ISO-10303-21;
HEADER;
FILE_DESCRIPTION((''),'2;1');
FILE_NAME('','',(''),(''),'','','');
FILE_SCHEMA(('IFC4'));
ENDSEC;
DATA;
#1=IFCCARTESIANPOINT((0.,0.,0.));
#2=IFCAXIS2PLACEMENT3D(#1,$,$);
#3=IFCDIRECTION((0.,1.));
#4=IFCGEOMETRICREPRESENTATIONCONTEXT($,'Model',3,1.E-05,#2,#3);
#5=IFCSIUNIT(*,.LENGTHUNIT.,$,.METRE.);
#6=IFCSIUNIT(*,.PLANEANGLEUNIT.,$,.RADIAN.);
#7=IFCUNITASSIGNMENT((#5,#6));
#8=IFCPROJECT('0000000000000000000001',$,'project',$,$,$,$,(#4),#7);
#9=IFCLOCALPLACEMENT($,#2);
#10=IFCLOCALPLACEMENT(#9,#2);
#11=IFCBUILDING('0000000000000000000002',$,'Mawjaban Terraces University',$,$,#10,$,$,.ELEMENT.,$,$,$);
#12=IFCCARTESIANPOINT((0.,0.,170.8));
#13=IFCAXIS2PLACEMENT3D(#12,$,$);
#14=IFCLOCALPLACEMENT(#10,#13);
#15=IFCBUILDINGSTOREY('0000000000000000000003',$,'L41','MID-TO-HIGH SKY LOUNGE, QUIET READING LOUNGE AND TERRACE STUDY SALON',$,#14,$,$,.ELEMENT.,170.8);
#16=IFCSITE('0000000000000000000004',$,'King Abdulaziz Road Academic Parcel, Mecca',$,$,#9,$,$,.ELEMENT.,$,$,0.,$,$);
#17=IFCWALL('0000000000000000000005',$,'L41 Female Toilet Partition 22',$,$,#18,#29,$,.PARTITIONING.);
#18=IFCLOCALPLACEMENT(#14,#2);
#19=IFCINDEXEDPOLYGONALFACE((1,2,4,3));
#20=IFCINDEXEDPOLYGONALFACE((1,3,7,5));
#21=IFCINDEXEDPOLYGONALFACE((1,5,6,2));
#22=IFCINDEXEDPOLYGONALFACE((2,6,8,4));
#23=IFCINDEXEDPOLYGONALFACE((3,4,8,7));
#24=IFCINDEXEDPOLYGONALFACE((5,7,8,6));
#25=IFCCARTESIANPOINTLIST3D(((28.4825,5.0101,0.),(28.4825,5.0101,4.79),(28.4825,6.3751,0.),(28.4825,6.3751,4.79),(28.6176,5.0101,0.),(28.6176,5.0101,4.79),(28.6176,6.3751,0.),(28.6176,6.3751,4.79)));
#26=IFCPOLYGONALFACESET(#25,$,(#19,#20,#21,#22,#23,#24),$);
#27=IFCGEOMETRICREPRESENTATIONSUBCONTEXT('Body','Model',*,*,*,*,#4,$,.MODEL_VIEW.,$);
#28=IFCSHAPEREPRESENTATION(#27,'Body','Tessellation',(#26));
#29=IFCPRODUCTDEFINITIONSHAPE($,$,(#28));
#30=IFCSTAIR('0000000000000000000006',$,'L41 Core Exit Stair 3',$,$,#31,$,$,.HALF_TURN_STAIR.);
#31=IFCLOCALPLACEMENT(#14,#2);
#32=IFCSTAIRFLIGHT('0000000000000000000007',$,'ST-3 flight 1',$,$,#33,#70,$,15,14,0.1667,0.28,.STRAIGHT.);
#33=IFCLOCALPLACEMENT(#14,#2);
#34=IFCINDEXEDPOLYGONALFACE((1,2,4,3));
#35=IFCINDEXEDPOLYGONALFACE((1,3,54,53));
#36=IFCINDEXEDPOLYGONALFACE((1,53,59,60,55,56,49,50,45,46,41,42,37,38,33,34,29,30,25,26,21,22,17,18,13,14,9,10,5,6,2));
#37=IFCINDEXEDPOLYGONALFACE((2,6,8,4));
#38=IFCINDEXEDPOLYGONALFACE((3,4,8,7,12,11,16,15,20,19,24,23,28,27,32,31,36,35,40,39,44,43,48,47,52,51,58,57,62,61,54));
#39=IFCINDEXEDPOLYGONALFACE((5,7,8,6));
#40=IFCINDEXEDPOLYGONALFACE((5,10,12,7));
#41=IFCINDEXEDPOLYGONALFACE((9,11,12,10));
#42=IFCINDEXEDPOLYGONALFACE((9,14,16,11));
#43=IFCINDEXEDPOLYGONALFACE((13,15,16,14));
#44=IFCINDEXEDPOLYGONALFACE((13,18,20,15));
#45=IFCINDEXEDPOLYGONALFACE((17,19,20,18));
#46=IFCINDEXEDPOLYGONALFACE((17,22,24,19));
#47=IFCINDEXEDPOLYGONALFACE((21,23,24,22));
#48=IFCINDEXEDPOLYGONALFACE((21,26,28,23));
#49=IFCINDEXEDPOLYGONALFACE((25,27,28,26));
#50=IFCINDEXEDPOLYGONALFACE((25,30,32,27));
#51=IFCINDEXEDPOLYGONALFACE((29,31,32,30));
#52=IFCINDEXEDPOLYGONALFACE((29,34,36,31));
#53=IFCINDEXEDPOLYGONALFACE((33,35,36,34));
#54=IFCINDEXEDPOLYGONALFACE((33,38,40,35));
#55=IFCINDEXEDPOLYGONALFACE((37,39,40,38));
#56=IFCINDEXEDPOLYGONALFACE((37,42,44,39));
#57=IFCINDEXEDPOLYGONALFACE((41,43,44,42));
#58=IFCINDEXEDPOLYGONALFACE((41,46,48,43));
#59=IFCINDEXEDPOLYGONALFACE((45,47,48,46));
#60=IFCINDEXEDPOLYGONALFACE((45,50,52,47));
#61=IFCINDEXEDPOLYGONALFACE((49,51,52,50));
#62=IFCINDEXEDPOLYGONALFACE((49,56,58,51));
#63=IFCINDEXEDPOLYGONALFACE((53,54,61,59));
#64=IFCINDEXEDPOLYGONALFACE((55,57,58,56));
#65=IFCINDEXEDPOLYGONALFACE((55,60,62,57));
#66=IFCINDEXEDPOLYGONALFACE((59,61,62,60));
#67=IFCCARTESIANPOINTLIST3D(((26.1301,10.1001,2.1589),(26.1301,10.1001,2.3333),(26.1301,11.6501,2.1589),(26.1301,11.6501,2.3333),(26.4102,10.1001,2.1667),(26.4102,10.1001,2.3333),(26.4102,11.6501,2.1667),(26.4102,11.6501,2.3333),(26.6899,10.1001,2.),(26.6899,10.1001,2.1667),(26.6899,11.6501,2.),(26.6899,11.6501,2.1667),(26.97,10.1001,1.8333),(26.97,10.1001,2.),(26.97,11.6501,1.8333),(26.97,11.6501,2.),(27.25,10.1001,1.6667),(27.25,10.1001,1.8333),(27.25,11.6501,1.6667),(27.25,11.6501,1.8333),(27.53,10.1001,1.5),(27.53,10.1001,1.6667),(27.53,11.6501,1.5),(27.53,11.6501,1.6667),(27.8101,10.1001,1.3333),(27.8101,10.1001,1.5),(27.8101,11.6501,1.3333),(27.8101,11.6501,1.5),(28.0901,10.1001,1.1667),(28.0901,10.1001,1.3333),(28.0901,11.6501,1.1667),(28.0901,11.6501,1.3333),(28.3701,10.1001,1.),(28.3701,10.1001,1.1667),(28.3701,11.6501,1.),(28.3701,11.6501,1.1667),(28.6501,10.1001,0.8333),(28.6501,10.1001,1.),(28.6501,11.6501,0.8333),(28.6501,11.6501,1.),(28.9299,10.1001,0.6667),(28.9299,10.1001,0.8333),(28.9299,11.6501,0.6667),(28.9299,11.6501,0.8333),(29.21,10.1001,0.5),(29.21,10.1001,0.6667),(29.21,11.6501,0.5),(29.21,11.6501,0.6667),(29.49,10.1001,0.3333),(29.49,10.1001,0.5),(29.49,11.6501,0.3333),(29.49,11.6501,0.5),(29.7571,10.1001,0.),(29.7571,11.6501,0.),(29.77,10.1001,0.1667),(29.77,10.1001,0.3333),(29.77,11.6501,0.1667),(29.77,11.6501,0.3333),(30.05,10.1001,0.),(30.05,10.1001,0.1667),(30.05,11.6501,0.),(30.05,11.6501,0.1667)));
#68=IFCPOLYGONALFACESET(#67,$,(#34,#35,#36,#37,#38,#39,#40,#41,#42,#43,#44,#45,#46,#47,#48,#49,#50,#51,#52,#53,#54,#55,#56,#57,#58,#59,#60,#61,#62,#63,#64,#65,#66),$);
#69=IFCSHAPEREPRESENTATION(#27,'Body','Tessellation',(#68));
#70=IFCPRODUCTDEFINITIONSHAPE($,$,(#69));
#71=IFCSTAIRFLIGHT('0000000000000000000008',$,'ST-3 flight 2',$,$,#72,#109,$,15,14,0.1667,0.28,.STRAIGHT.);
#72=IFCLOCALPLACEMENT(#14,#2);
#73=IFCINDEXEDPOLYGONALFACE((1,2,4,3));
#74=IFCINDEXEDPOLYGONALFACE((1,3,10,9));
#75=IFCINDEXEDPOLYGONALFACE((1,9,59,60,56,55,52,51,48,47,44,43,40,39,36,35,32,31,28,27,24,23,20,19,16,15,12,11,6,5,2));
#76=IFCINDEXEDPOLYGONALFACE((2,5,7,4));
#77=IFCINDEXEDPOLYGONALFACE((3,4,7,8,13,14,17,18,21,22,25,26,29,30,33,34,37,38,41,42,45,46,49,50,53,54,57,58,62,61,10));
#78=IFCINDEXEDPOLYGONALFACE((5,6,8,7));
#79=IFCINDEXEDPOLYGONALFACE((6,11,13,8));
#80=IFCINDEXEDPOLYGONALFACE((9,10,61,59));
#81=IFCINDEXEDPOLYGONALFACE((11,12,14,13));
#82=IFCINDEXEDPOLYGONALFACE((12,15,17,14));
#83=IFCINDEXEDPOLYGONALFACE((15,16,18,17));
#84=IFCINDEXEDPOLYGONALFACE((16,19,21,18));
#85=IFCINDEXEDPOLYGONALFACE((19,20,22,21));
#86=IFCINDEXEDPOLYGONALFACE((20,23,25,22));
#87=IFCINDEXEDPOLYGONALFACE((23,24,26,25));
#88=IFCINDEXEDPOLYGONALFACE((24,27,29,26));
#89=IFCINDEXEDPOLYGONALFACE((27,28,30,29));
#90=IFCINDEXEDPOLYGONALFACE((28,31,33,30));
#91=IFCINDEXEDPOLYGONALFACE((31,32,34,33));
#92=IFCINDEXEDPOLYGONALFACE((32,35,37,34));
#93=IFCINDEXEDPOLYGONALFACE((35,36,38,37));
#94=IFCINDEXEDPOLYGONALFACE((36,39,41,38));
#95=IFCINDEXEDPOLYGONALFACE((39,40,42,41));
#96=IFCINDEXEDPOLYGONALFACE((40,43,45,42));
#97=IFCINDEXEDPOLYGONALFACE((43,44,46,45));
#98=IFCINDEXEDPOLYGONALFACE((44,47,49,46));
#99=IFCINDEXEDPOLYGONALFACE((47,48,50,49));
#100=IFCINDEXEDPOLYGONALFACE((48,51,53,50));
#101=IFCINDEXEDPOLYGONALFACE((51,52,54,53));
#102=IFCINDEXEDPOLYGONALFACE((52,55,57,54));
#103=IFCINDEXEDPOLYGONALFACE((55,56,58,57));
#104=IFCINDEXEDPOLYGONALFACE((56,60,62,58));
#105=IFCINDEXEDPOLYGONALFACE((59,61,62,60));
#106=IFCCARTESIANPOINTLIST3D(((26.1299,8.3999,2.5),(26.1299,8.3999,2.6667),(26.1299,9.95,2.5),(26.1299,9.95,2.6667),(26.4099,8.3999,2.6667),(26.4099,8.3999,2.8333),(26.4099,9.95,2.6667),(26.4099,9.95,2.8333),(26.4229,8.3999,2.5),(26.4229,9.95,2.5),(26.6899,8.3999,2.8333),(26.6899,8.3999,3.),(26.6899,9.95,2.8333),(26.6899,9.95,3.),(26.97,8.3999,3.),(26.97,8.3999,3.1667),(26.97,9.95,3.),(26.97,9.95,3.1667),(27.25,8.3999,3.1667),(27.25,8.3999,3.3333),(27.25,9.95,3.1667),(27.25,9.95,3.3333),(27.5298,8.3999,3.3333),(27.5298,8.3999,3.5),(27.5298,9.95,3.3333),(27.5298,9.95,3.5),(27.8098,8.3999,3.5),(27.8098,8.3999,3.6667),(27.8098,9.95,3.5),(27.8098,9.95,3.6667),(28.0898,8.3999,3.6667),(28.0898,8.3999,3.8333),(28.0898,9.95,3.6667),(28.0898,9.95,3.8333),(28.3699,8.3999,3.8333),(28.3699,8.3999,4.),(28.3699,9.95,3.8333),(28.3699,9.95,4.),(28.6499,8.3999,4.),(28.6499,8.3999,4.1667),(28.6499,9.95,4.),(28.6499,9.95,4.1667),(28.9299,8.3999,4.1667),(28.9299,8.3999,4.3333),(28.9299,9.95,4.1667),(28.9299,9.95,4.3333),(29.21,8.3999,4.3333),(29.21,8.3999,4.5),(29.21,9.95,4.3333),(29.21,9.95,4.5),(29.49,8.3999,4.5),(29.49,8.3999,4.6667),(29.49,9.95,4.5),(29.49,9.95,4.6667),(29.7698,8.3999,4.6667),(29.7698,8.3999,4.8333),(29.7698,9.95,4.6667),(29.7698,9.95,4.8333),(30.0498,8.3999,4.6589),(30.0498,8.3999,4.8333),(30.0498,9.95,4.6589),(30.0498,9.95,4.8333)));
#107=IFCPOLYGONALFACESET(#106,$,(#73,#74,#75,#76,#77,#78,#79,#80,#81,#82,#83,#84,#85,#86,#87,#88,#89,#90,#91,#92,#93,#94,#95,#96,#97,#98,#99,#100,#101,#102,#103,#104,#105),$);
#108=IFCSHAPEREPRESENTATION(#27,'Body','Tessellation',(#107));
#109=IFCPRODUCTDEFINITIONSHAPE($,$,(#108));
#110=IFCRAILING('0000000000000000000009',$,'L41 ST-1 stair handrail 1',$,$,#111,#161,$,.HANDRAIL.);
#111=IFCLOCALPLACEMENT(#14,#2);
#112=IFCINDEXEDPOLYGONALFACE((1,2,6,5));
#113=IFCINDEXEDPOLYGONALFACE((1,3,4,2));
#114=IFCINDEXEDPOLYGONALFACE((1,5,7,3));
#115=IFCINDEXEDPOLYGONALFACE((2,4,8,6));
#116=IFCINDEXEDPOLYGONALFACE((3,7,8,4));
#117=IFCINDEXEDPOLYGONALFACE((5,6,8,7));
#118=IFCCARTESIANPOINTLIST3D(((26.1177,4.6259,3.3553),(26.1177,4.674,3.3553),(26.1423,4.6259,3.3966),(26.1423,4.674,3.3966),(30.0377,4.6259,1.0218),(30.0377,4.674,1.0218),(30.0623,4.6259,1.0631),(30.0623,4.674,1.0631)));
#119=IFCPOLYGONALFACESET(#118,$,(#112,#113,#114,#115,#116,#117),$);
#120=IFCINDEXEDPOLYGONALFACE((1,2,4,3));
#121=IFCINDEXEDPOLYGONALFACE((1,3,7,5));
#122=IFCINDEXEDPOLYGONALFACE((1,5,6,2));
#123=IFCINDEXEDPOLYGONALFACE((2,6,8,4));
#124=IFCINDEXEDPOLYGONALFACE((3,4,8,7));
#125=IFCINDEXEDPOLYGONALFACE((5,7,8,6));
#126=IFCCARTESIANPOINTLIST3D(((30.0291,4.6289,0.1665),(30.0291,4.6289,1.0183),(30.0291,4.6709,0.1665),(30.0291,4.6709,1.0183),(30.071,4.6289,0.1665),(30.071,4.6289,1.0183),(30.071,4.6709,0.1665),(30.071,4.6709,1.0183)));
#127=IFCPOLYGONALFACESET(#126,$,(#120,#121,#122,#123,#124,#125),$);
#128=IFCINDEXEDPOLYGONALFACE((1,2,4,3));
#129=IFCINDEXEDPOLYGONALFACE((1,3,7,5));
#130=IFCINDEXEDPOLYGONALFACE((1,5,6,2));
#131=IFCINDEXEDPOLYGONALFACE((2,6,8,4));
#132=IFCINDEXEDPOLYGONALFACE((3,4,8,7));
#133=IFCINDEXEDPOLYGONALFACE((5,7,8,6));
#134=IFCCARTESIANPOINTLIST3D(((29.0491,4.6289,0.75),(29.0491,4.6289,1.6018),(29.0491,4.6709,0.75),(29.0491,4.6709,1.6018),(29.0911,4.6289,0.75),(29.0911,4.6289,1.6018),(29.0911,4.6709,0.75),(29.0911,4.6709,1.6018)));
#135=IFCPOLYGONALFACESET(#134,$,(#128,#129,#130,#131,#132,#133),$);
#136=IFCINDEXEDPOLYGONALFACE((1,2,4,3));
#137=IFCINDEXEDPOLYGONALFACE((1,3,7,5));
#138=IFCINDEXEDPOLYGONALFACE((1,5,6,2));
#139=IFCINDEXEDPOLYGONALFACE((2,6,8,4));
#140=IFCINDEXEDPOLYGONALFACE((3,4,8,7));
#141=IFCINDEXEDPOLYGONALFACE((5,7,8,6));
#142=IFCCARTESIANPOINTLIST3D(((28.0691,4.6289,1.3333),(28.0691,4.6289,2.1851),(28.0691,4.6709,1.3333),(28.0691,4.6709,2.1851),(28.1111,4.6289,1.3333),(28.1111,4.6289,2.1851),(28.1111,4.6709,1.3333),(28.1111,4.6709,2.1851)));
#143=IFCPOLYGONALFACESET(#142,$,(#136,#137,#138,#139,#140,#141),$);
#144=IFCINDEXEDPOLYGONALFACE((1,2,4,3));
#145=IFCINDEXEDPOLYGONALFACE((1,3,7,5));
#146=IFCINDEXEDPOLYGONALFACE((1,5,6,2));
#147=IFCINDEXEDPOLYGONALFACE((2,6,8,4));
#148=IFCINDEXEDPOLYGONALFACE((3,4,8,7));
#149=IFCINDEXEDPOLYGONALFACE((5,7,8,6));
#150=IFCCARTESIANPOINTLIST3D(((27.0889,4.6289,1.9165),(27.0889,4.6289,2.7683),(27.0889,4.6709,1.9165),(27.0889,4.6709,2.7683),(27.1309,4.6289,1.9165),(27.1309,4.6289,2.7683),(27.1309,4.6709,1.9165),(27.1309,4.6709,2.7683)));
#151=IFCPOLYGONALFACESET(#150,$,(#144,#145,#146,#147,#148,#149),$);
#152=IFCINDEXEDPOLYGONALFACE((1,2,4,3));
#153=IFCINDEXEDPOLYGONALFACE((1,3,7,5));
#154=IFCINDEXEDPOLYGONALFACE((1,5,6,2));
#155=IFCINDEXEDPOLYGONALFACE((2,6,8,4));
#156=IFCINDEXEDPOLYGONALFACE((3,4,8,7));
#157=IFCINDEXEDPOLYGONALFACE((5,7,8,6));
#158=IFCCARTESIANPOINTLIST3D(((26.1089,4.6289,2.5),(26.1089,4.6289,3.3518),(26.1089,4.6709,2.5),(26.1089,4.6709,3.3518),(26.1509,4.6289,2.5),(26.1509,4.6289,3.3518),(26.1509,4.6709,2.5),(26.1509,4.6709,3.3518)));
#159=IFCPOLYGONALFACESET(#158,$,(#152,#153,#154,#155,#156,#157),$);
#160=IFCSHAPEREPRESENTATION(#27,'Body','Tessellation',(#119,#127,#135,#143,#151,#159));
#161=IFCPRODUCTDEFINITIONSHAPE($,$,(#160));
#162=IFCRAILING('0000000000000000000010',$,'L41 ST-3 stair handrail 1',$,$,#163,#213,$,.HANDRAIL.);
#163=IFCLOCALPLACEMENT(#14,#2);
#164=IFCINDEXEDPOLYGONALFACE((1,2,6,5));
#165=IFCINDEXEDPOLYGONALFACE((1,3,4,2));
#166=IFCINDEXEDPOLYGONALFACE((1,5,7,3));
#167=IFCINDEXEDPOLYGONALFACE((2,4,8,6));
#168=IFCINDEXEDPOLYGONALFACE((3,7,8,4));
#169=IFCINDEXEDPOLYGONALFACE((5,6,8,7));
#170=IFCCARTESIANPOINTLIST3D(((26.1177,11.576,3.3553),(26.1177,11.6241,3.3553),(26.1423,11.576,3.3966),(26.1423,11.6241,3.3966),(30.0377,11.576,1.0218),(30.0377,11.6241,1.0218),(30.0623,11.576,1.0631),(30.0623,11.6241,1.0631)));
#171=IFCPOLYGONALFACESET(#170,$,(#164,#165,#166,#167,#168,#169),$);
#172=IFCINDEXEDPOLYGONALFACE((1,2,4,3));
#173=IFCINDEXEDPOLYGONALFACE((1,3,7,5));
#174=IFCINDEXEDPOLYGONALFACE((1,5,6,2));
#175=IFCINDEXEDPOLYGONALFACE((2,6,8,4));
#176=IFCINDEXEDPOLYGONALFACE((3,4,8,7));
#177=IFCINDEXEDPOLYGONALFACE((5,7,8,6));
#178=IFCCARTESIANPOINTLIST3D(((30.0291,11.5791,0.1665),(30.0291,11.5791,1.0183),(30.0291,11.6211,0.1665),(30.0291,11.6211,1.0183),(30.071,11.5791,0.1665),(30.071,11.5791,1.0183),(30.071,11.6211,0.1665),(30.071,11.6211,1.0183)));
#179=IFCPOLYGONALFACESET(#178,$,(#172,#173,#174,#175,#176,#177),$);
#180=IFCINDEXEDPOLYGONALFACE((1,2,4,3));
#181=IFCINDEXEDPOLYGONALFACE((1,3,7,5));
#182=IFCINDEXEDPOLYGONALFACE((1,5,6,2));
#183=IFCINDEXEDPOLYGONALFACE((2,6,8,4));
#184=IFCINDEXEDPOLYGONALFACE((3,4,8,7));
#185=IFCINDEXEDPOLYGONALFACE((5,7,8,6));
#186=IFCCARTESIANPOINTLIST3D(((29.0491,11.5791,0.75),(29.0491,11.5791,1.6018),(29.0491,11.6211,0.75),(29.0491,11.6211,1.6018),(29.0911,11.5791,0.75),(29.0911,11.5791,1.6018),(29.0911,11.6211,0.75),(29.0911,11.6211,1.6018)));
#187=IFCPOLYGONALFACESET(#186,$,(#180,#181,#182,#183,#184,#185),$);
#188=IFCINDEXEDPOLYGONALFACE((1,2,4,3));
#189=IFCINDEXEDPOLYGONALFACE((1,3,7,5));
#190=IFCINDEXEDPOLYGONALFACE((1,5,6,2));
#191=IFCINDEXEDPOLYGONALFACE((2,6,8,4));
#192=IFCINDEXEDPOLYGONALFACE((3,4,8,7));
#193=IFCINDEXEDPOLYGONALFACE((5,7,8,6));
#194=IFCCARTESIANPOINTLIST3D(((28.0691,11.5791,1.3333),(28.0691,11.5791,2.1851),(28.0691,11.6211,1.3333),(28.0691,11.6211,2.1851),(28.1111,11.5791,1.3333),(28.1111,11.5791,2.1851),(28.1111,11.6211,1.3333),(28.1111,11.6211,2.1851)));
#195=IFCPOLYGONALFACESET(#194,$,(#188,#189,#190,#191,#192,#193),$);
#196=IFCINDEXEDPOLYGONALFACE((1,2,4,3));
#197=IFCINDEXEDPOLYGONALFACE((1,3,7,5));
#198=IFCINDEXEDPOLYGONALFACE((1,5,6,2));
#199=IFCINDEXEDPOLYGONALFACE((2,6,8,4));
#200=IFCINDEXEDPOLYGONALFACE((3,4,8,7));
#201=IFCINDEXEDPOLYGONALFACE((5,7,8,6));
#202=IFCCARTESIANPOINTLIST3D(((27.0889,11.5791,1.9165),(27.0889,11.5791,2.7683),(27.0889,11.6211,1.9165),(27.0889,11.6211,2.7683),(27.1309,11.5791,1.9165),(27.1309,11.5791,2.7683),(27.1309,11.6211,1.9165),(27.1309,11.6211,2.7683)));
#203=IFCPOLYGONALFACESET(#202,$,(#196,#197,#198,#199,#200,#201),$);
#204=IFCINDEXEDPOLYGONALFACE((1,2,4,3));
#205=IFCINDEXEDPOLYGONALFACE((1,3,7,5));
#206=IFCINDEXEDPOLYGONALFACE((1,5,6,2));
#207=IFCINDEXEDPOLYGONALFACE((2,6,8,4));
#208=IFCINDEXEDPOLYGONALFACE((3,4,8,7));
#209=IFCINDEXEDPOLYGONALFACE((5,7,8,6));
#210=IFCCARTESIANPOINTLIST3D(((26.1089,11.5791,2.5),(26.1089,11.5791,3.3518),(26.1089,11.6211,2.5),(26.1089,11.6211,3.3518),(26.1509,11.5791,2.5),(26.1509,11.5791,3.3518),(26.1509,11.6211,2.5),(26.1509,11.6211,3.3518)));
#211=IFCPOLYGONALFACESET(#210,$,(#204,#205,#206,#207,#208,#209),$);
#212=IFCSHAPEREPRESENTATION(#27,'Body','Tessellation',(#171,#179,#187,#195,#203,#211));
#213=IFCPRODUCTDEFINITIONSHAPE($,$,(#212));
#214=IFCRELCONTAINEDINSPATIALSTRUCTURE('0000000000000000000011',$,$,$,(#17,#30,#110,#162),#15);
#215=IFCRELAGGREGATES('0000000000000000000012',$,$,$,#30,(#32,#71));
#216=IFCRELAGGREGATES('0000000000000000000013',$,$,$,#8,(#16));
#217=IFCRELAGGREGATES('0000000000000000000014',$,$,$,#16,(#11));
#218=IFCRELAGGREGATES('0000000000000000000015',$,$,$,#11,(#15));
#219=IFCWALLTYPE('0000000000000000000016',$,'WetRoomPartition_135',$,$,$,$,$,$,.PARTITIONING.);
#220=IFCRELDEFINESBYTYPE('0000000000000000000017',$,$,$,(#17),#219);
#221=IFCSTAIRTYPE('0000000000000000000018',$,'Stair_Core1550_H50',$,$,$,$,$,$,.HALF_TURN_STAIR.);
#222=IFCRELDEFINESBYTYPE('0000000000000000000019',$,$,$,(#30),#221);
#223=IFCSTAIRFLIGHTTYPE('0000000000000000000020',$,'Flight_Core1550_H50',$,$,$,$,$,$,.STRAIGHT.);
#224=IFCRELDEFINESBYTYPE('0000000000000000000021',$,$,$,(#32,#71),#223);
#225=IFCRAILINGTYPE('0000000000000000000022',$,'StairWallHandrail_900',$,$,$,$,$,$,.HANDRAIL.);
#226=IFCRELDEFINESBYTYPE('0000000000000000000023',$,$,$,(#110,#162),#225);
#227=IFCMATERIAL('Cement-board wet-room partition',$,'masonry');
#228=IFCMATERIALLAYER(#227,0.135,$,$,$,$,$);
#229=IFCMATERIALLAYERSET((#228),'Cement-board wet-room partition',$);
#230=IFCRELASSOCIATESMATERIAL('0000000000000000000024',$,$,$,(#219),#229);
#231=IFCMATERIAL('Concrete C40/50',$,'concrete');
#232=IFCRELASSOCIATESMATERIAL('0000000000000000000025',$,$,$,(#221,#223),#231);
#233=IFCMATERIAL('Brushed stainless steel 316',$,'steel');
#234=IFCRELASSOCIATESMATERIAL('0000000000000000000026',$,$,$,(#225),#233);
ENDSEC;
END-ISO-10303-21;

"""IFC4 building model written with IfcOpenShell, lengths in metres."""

from ifc_helpers import new_model, si_unit, direction, frame, frame_2d, origin, origin_2d, place, context, subcontext, project, spatial, polyline, rectangle, outline, extrude, material, layer, layer_set, type_object, element, aggregate, save


model = new_model("IFC4")

# Units and contexts
model_context = context("Model", 3, precision=1e-05, world=origin(), true_north=direction((0.0, 1.0)))
body_context = subcontext(model_context, "Body", "Model", "MODEL_VIEW")
ifc_project = project(units=[si_unit("LENGTHUNIT", "METRE"), si_unit("PLANEANGLEUNIT", "RADIAN")], contexts=[model_context])

# Site, building, storey
site_placement = place(None, origin())
site = spatial("IfcSite", under=ifc_project, at=site_placement, Name="King Abdulaziz Road Academic Parcel, Mecca", CompositionType="ELEMENT", RefElevation=0.0)
building_placement = place(site_placement, origin())
building = spatial("IfcBuilding", under=site, at=building_placement, Name="Mawjaban Terraces University", CompositionType="ELEMENT")
storey_placement = place(building_placement, frame((0.0, 0.0, 170.8)))
storey = spatial("IfcBuildingStorey", under=building, at=storey_placement, Name="L41", Description="MID-TO-HIGH SKY LOUNGE, QUIET READING LOUNGE AND TERRACE STUDY SALON", CompositionType="ELEMENT", Elevation=170.8)

# Shared definitions
ifc_material_1 = material(Name="Concrete C40/50", Category="concrete")

# Wall
ifc_material_2 = material(Name="Cement-board wet-room partition", Category="masonry")
ifc_layer_1 = layer(ifc_material_2, 0.135)
ifc_layer_set_1 = layer_set([ifc_layer_1], Name="Cement-board wet-room partition")
wall_type_1 = type_object("IfcWallType", Name="WetRoomPartition_135", PredefinedType="PARTITIONING", material=ifc_layer_set_1)
wall_1_placement = place(storey_placement, frame((28.55, 5.01, 0.0), z_axis=(0.0, 0.0, 1.0), x_axis=(0.0, 1.0, 0.0)))
element("IfcWall", 1, at=wall_1_placement, inside=storey, type_object=wall_type_1, Name="L41 Female Toilet Partition 22", PredefinedType="PARTITIONING", context=body_context, shape_type="SweptSolid", body=[
    extrude(rectangle(XDim=1.365, YDim=0.135, at=frame_2d((0.6826, 0.0))), origin(), (0.0, 0.0, 1.0), 4.79),
])

# Stair, stair flights
stair_type = type_object("IfcStairType", Name="Stair_Core1550_H50", PredefinedType="HALF_TURN_STAIR", material=ifc_material_1)
stair_placement = place(storey_placement, origin())
stair = element("IfcStair", 2, at=stair_placement, inside=storey, type_object=stair_type, Name="L41 Core Exit Stair 3", PredefinedType="HALF_TURN_STAIR")
stair_flight_type = type_object("IfcStairFlightType", Name="Flight_Core1550_H50", PredefinedType="STRAIGHT", material=ifc_material_1)
stair_flight_1_placement = place(storey_placement, frame((30.05, 10.875, 0.0), z_axis=(0.0, 0.0, 1.0), x_axis=(-1.0, 0.0, 0.0)))
stair_flight_1 = element("IfcStairFlight", 3, at=stair_flight_1_placement, type_object=stair_flight_type, Name="ST-3 flight 1", NumberOfRisers=15, NumberOfTreads=14, PredefinedType="STRAIGHT", RiserHeight=0.1667, TreadLength=0.28, context=body_context, shape_type="SweptSolid", body=[
    extrude(outline(polyline([(0.0, 0.0), (0.0, 0.1667), (0.28, 0.1667), (0.28, 0.3333), (0.5601, 0.3333), (0.5601, 0.5), (0.8401, 0.5), (0.8401, 0.6667), (1.1201, 0.6667), (1.1201, 0.8333), (1.3999, 0.8333), (1.3999, 1.0), (1.6799, 1.0), (1.6799, 1.1667), (1.96, 1.1667), (1.96, 1.3333), (2.24, 1.3333), (2.24, 1.5), (2.52, 1.5), (2.52, 1.6667), (2.8, 1.6667), (2.8, 1.8333), (3.0801, 1.8333), (3.0801, 2.0), (3.3601, 2.0), (3.3601, 2.1667), (3.6399, 2.1667), (3.6399, 2.3333), (3.9199, 2.3333), (3.9199, 2.5), (3.9199, 2.1589), (0.293, 0.0), (0.0, 0.0)])), frame((0.0, 0.7749, 0.0), z_axis=(0.0, -1.0, 0.0), x_axis=(1.0, 0.0, 0.0)), (0.0, 0.0, 1.0), 1.55),
])
stair_flight_2_placement = place(storey_placement, frame((26.1299, 9.175, 2.5), z_axis=(0.0, 0.0, 1.0), x_axis=(1.0, 0.0, 0.0)))
stair_flight_2 = element("IfcStairFlight", 4, at=stair_flight_2_placement, type_object=stair_flight_type, Name="ST-3 flight 2", NumberOfRisers=15, NumberOfTreads=14, PredefinedType="STRAIGHT", RiserHeight=0.1667, TreadLength=0.28, context=body_context, shape_type="SweptSolid", body=[
    extrude(outline(polyline([(0.0, 0.0), (0.0, 0.1667), (0.28, 0.1667), (0.28, 0.3333), (0.5601, 0.3333), (0.5601, 0.5), (0.8401, 0.5), (0.8401, 0.6667), (1.1201, 0.6667), (1.1201, 0.8333), (1.3999, 0.8333), (1.3999, 1.0), (1.6799, 1.0), (1.6799, 1.1667), (1.96, 1.1667), (1.96, 1.3333), (2.24, 1.3333), (2.24, 1.5), (2.52, 1.5), (2.52, 1.6667), (2.8, 1.6667), (2.8, 1.8333), (3.0801, 1.8333), (3.0801, 2.0), (3.3601, 2.0), (3.3601, 2.1667), (3.6399, 2.1667), (3.6399, 2.3333), (3.9199, 2.3333), (3.9199, 2.5), (3.9199, 2.1589), (0.293, 0.0), (0.0, 0.0)])), frame((0.0, 0.7749, 0.0), z_axis=(0.0, -1.0, 0.0), x_axis=(1.0, 0.0, 0.0)), (0.0, 0.0, 1.0), 1.55),
])
aggregate(stair, [stair_flight_1, stair_flight_2])

# Railings
ifc_material_3 = material(Name="Brushed stainless steel 316", Category="steel")
railing_type_1 = type_object("IfcRailingType", Name="StairWallHandrail_900", PredefinedType="HANDRAIL", material=ifc_material_3)
for number, where, name in (
    (5, (30.05, 4.6499, 0.1665), "L41 ST-1 stair handrail 1"),
    (6, (30.05, 11.6001, 0.1665), "L41 ST-3 stair handrail 1"),
):
    element("IfcRailing", number, at=place(storey_placement, frame(where)), inside=storey, type_object=railing_type_1, Name=name, PredefinedType="HANDRAIL", context=body_context, shape_type="SweptSolid", body=[
        extrude(rectangle(XDim=0.0481, YDim=0.0481, at=origin_2d()), frame((0.0, 0.0, 0.876), z_axis=(-0.859287, 0.0, 0.511494), x_axis=(0.0, -1.0, 0.0)), (0.0, 0.0, 1.0), 4.562),
        extrude(rectangle(XDim=0.042, YDim=0.042, at=origin_2d()), origin(), (0.0, 0.0, 1.0), 0.8518),
        extrude(rectangle(XDim=0.042, YDim=0.042, at=origin_2d()), frame((-0.98, 0.0, 0.5835)), (0.0, 0.0, 1.0), 0.8518),
        extrude(rectangle(XDim=0.042, YDim=0.042, at=origin_2d()), frame((-1.96, 0.0, 1.1667)), (0.0, 0.0, 1.0), 0.8518),
        extrude(rectangle(XDim=0.042, YDim=0.042, at=origin_2d()), frame((-2.9402, 0.0, 1.75)), (0.0, 0.0, 1.0), 0.8518),
        extrude(rectangle(XDim=0.042, YDim=0.042, at=origin_2d()), frame((-3.9202, 0.0, 2.3335)), (0.0, 0.0, 1.0), 0.8518),
    ])

save(model, "model.ifc")
